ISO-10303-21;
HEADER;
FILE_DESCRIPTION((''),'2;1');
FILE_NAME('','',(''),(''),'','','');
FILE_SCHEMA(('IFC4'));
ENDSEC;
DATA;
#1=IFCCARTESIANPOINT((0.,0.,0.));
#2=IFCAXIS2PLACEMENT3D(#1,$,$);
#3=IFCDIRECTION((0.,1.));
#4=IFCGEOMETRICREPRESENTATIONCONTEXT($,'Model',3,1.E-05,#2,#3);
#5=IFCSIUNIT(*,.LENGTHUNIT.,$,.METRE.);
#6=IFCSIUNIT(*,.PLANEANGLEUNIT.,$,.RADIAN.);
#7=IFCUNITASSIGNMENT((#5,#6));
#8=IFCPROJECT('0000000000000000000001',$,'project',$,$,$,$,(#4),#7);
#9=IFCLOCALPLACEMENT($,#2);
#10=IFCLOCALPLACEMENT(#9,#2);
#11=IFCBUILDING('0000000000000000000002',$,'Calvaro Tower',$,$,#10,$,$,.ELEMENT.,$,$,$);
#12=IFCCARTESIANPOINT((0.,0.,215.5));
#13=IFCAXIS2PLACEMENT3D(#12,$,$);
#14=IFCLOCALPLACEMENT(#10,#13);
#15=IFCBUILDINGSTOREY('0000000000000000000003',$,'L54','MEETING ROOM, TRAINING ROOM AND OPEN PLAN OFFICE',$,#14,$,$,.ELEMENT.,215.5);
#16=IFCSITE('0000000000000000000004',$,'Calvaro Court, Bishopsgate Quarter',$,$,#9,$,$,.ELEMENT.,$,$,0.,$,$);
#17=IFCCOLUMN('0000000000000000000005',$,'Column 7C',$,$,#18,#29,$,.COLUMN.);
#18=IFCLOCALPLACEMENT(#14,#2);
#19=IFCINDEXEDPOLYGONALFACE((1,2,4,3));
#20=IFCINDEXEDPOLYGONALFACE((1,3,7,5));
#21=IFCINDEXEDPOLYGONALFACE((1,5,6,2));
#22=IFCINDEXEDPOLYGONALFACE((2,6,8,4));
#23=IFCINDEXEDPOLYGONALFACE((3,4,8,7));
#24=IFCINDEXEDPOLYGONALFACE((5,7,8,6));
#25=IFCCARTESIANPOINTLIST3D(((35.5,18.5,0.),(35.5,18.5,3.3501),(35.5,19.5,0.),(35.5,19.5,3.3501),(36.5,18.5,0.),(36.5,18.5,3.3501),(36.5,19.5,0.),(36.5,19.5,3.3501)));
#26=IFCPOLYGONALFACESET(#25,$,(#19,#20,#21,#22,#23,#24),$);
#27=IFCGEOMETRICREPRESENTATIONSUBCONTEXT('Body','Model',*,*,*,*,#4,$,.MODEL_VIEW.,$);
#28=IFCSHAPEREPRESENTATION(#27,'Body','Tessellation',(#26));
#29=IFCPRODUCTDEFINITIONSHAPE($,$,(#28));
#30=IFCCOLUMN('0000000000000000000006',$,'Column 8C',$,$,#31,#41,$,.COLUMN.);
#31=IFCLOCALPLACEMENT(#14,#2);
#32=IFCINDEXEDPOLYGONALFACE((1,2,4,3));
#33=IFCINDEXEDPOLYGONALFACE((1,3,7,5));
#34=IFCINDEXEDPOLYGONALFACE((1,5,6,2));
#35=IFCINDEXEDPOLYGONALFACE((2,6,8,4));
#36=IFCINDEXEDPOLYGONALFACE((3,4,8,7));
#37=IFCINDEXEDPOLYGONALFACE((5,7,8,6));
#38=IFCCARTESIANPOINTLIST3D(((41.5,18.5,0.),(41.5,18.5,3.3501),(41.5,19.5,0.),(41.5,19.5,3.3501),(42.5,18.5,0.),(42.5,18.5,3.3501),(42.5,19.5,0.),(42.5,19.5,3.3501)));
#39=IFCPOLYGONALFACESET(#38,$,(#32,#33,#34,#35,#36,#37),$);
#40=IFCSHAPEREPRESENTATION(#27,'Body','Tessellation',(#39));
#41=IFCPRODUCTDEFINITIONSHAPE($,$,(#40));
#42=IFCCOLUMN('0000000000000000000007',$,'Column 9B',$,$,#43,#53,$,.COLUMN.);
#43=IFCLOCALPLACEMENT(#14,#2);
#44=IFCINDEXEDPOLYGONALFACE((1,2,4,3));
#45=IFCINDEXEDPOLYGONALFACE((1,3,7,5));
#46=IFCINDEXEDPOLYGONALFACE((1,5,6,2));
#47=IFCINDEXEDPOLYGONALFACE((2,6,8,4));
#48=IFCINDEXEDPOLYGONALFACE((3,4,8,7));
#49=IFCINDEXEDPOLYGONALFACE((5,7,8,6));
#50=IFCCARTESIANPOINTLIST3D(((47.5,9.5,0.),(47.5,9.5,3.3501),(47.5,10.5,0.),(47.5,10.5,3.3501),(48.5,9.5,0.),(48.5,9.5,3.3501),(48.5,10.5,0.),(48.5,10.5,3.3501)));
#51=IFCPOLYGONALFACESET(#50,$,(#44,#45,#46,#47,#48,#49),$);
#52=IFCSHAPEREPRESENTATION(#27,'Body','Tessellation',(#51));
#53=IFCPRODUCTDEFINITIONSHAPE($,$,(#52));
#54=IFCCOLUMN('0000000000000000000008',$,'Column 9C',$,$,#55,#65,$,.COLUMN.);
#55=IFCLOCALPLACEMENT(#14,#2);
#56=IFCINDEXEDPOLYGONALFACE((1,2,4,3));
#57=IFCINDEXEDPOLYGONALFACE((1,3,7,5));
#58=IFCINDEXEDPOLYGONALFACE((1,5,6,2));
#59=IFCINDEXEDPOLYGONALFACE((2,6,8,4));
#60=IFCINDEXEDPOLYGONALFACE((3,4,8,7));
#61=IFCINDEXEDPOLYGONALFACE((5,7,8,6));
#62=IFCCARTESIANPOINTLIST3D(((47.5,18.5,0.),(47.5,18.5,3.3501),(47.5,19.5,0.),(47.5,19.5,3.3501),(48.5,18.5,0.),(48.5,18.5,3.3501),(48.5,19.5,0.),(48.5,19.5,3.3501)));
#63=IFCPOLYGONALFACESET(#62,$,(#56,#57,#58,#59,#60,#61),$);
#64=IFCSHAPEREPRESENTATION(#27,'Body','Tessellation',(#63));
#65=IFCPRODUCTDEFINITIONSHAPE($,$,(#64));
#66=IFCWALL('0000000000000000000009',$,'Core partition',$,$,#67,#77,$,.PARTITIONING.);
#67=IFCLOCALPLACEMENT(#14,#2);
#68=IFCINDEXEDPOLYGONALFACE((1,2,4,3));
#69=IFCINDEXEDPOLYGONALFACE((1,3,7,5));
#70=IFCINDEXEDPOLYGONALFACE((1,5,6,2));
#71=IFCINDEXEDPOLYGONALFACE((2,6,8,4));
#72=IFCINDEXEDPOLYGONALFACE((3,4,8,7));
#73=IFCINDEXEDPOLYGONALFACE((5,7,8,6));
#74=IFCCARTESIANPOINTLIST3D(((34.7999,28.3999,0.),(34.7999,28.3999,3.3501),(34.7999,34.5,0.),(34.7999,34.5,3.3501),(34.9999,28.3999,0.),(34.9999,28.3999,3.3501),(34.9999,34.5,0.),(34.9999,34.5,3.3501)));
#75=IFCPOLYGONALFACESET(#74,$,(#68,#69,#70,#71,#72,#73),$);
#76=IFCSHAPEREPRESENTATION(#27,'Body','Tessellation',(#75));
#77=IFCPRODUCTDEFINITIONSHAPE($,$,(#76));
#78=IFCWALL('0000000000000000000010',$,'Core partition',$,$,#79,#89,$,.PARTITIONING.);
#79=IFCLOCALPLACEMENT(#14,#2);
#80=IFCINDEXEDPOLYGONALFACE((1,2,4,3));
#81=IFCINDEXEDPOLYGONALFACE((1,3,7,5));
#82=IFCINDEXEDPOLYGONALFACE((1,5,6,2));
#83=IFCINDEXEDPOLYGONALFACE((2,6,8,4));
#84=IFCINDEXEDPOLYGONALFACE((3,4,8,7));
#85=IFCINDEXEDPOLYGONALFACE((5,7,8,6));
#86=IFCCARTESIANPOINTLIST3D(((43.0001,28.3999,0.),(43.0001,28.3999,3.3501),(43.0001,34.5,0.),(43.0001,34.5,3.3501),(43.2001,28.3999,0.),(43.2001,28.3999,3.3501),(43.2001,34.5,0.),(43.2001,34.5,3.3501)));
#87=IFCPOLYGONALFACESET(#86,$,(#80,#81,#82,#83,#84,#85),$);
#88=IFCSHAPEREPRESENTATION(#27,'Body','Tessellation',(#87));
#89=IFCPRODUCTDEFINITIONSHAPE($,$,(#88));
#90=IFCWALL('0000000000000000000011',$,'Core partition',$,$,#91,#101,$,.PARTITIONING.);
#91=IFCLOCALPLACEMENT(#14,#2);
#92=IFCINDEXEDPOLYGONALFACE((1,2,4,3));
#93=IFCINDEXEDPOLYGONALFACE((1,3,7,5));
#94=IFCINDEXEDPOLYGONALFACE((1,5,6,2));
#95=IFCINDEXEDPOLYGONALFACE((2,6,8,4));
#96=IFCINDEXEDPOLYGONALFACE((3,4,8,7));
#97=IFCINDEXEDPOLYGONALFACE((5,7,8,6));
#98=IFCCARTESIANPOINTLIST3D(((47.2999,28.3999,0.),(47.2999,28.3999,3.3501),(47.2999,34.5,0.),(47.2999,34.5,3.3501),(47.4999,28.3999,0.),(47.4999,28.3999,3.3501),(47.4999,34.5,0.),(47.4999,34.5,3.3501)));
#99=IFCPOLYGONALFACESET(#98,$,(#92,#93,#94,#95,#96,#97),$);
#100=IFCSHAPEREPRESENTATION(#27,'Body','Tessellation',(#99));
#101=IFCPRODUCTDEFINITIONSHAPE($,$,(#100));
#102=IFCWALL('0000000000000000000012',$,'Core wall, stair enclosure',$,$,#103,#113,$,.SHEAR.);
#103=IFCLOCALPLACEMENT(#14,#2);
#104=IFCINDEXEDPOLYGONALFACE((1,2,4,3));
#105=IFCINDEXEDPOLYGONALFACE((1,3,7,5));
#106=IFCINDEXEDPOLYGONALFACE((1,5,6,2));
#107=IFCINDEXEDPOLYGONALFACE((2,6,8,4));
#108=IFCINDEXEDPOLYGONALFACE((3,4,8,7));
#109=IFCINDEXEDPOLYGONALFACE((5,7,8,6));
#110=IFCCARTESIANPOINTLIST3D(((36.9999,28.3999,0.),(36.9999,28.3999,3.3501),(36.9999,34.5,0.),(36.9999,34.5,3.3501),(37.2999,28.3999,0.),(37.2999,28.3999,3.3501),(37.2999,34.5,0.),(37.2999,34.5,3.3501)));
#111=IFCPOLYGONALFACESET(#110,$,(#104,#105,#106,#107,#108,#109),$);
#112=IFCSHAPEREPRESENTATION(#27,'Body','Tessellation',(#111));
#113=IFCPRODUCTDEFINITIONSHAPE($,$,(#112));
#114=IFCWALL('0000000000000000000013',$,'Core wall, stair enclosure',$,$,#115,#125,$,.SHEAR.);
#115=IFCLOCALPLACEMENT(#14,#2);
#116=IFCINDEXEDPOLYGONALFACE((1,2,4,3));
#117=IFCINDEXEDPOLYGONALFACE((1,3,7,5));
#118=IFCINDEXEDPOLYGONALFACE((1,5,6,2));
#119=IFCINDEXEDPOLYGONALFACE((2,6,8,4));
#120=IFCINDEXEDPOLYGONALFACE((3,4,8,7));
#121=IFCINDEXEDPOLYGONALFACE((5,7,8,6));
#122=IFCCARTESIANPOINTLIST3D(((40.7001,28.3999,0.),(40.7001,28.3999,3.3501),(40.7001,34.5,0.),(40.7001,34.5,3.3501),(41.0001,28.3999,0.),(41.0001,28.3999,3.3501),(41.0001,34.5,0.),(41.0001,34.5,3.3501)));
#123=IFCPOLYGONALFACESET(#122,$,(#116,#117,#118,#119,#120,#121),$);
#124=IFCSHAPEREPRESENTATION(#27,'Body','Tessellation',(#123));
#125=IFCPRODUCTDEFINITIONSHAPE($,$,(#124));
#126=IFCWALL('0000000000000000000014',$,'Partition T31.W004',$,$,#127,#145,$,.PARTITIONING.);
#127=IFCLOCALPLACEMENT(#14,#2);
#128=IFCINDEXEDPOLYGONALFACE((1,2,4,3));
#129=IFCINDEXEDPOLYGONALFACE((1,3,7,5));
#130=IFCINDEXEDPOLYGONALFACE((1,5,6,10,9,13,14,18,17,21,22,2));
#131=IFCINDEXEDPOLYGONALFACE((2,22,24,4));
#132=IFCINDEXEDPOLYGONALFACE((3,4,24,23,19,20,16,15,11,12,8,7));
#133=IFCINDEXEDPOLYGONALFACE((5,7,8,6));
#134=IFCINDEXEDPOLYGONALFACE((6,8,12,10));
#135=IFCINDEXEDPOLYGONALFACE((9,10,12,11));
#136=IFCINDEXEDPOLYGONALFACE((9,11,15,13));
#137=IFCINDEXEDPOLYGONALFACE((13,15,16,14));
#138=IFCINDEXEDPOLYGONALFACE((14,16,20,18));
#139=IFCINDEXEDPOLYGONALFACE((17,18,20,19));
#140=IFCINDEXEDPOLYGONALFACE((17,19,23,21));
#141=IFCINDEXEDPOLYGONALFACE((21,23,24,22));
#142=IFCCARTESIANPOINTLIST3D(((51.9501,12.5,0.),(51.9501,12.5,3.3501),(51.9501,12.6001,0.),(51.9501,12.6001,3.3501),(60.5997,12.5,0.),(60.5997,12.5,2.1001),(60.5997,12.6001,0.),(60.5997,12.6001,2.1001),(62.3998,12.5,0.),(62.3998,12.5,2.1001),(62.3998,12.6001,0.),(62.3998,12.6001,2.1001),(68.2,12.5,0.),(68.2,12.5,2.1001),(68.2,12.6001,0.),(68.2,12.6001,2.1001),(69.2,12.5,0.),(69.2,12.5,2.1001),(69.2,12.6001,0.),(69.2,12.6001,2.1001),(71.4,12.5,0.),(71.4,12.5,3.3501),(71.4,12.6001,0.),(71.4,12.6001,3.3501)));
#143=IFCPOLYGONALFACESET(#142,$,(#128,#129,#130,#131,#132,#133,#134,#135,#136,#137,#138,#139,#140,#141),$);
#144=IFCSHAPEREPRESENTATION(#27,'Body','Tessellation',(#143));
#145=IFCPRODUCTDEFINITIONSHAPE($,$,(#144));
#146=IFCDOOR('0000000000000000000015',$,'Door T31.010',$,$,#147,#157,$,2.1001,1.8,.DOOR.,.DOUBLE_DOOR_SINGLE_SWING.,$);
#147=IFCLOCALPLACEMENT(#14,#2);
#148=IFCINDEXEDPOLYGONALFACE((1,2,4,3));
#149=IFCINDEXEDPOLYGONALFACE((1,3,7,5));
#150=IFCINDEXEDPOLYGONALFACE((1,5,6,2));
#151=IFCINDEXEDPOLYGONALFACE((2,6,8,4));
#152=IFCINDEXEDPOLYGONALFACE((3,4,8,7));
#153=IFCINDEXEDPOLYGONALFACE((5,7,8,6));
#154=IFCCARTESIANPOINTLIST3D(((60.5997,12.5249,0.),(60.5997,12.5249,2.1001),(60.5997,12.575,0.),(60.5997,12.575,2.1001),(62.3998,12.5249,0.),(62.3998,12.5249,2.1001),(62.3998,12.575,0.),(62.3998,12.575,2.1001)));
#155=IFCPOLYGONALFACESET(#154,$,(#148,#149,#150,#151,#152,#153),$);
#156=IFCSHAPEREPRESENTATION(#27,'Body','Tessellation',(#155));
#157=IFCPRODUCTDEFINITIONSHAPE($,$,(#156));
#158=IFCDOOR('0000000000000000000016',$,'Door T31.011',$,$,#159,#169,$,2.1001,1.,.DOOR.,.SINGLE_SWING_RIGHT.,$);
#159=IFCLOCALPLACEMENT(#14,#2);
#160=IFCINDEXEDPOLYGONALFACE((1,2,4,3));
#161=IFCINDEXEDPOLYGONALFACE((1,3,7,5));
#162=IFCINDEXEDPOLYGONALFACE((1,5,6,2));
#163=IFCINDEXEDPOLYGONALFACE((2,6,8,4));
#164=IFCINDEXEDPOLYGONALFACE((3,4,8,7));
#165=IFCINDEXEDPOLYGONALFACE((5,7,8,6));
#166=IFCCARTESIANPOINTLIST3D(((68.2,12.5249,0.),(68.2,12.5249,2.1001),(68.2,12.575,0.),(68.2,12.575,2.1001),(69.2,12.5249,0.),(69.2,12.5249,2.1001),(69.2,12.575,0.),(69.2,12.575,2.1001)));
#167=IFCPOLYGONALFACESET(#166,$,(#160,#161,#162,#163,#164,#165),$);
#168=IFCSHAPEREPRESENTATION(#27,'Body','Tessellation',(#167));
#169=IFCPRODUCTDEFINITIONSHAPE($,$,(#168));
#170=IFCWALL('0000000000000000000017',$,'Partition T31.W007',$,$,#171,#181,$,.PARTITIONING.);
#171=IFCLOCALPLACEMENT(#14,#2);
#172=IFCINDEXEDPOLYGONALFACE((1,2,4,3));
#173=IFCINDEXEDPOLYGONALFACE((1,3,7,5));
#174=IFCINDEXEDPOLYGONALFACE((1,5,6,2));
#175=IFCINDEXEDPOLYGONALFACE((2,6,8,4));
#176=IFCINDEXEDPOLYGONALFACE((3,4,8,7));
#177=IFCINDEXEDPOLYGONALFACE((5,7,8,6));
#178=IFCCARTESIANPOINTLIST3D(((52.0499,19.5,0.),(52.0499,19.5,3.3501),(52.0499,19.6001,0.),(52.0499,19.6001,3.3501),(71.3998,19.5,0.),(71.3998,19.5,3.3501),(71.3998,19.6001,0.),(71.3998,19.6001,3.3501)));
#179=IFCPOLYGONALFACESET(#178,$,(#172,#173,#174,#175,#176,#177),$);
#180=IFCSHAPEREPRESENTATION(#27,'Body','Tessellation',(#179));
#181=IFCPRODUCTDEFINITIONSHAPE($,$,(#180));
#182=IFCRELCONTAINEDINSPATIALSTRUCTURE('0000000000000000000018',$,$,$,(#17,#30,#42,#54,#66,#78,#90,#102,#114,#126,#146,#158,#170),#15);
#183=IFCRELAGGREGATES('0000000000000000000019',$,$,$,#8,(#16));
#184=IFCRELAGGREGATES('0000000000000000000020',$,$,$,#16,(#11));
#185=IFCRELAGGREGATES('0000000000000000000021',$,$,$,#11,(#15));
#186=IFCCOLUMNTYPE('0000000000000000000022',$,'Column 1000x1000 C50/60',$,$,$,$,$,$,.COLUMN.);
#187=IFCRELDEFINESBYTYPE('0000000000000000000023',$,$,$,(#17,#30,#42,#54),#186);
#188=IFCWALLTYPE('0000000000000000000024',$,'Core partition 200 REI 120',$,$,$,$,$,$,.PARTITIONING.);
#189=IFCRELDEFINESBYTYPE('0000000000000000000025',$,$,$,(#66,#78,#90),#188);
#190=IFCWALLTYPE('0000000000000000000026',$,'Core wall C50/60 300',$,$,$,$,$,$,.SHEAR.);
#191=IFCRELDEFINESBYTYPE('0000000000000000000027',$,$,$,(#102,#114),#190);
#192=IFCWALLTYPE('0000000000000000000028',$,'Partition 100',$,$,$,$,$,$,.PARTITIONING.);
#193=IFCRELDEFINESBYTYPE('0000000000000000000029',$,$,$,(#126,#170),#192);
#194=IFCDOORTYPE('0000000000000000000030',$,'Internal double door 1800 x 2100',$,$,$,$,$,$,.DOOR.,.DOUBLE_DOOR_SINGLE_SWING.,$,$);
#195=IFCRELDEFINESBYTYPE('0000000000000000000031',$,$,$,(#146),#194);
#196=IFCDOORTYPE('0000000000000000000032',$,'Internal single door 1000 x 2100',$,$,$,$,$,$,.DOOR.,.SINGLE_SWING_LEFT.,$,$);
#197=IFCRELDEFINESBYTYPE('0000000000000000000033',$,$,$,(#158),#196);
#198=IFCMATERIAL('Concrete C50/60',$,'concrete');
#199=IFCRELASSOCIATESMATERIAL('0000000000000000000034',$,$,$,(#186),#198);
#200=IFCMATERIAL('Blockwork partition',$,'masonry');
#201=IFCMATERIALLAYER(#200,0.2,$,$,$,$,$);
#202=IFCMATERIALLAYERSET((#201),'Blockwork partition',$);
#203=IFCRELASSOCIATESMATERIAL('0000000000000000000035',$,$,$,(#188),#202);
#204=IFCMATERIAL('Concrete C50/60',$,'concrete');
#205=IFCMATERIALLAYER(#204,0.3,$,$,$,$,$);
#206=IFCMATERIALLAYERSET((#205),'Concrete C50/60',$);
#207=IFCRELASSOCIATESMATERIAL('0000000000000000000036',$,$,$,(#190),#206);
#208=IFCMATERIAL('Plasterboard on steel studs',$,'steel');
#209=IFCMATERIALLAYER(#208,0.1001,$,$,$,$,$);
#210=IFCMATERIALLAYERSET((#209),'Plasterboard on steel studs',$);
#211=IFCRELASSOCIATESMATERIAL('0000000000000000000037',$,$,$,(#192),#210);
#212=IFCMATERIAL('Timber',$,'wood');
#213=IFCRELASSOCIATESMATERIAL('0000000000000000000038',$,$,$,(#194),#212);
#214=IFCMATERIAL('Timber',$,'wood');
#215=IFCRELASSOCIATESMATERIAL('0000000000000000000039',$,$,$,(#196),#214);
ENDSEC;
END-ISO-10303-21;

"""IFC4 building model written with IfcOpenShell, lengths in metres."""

from ifc_helpers import new_model, si_unit, direction, frame, frame_2d, origin, origin_2d, place, context, subcontext, project, spatial, rectangle, extrude, material, layer, layer_set, material_profile, profile_set, type_object, element, fill, save


model = new_model("IFC4")

# Units and contexts
model_context = context("Model", 3, precision=1e-05, world=origin(), true_north=direction((0.0, 1.0)))
body_context = subcontext(model_context, "Body", "Model", "MODEL_VIEW")
ifc_project = project(units=[si_unit("LENGTHUNIT", "METRE"), si_unit("PLANEANGLEUNIT", "RADIAN")], contexts=[model_context])

# Site, building, storey
site_placement = place(None, origin())
site = spatial("IfcSite", under=ifc_project, at=site_placement, Name="Calvaro Court, Bishopsgate Quarter", CompositionType="ELEMENT", RefElevation=0.0)
building_placement = place(site_placement, origin())
building = spatial("IfcBuilding", under=site, at=building_placement, Name="Calvaro Tower", CompositionType="ELEMENT")
storey_placement = place(building_placement, frame((0.0, 0.0, 215.5)))
storey = spatial("IfcBuildingStorey", under=building, at=storey_placement, Name="L54", Description="MEETING ROOM, TRAINING ROOM AND OPEN PLAN OFFICE", CompositionType="ELEMENT", Elevation=215.5)

# Columns
ifc_material_1 = material(Name="Concrete C50/60", Category="concrete")
ifc_material_profile = material_profile(ifc_material_1, rectangle(XDim=1.0, YDim=1.0, at=origin_2d()), Name="RC 1000x1000")
ifc_profile_set = profile_set([ifc_material_profile], Name="Concrete C50/60")
column_type = type_object("IfcColumnType", Name="Column 1000x1000 C50/60", PredefinedType="COLUMN", material=ifc_profile_set)
for number, where, z_axis, x_axis, name in (
    (1, (36.0, 19.0, 0.0), (0.0, 0.0, 1.0), (1.0, 0.0, 0.0), "Column 7C"),
    (2, (42.0, 19.0, 0.0), (0.0, 0.0, 1.0), (1.0, 0.0, 0.0), "Column 8C"),
    (3, (48.0, 10.0, 0.0), (0.0, 0.0, 1.0), (1.0, 0.0, 0.0), "Column 9B"),
    (4, (48.0, 19.0, 0.0), (0.0, 0.0, 1.0), (1.0, 0.0, 0.0), "Column 9C"),
):
    element("IfcColumn", number, at=place(storey_placement, frame(where, z_axis=z_axis, x_axis=x_axis)), inside=storey, type_object=column_type, Name=name, PredefinedType="COLUMN", context=body_context, shape_type="SweptSolid", body=[
        extrude(rectangle(XDim=1.0, YDim=1.0, at=origin_2d()), origin(), (0.0, 0.0, 1.0), 3.3501),
    ])

# Walls
ifc_material_2 = material(Name="Blockwork partition", Category="masonry")
ifc_layer_1 = layer(ifc_material_2, 0.2)
ifc_layer_set_1 = layer_set([ifc_layer_1], Name="Blockwork partition")
wall_type_1 = type_object("IfcWallType", Name="Core partition 200 REI 120", PredefinedType="PARTITIONING", material=ifc_layer_set_1)
for number, where, z_axis, x_axis, name in (
    (5, (34.8999, 28.3999, 0.0), (0.0, 0.0, 1.0), (0.0, 1.0, 0.0), "Core partition"),
    (6, (43.1001, 28.3999, 0.0), (0.0, 0.0, 1.0), (0.0, 1.0, 0.0), "Core partition"),
    (7, (47.3999, 28.3999, 0.0), (0.0, 0.0, 1.0), (0.0, 1.0, 0.0), "Core partition"),
):
    element("IfcWall", number, at=place(storey_placement, frame(where, z_axis=z_axis, x_axis=x_axis)), inside=storey, type_object=wall_type_1, Name=name, PredefinedType="PARTITIONING", context=body_context, shape_type="SweptSolid", body=[
        extrude(rectangle(XDim=6.1001, YDim=0.2, at=frame_2d((3.05, 0.0))), origin(), (0.0, 0.0, 1.0), 3.3501),
    ])
ifc_material_3 = material(Name="Concrete C50/60", Category="concrete")
ifc_layer_2 = layer(ifc_material_3, 0.3)
ifc_layer_set_2 = layer_set([ifc_layer_2], Name="Concrete C50/60")
wall_type_2 = type_object("IfcWallType", Name="Core wall C50/60 300", PredefinedType="SHEAR", material=ifc_layer_set_2)
for number, where, z_axis, x_axis, name in (
    (8, (37.1499, 28.3999, 0.0), (0.0, 0.0, 1.0), (0.0, 1.0, 0.0), "Core wall, stair enclosure"),
    (9, (40.8501, 28.3999, 0.0), (0.0, 0.0, 1.0), (0.0, 1.0, 0.0), "Core wall, stair enclosure"),
):
    element("IfcWall", number, at=place(storey_placement, frame(where, z_axis=z_axis, x_axis=x_axis)), inside=storey, type_object=wall_type_2, Name=name, PredefinedType="SHEAR", context=body_context, shape_type="SweptSolid", body=[
        extrude(rectangle(XDim=6.1001, YDim=0.3, at=frame_2d((3.05, 0.0))), origin(), (0.0, 0.0, 1.0), 3.3501),
    ])

# Wall, openings, doors
ifc_material_4 = material(Name="Plasterboard on steel studs", Category="steel")
ifc_layer_3 = layer(ifc_material_4, 0.1001)
ifc_layer_set_3 = layer_set([ifc_layer_3], Name="Plasterboard on steel studs")
wall_type_3 = type_object("IfcWallType", Name="Partition 100", PredefinedType="PARTITIONING", material=ifc_layer_set_3)
wall_1_placement = place(storey_placement, frame((51.95, 12.55, 0.0), z_axis=(0.0, 0.0, 1.0), x_axis=(1.0, 0.0, 0.0)))
wall_1 = element("IfcWall", 10, at=wall_1_placement, inside=storey, type_object=wall_type_3, Name="Partition T31.W004", PredefinedType="PARTITIONING", context=body_context, shape_type="SweptSolid", body=[
    extrude(rectangle(XDim=19.45, YDim=0.1001, at=frame_2d((9.7251, 0.0))), origin(), (0.0, 0.0, 1.0), 3.3501),
])
opening_1_placement = place(wall_1_placement, frame((8.6499, 0.0, 0.0)))
opening_1 = element("IfcOpeningElement", 11, at=opening_1_placement, cuts=wall_1, PredefinedType="OPENING", context=body_context, shape_type="SweptSolid", body=[
    extrude(rectangle(XDim=1.8, YDim=2.1001, at=frame_2d((0.8999, 1.05))), frame((0.0, 0.0601, 0.0), z_axis=(0.0, -1.0, 0.0), x_axis=(1.0, 0.0, 0.0)), (0.0, 0.0, 1.0), 0.1201),
])
opening_2_placement = place(wall_1_placement, frame((16.25, 0.0, 0.0)))
opening_2 = element("IfcOpeningElement", 12, at=opening_2_placement, cuts=wall_1, PredefinedType="OPENING", context=body_context, shape_type="SweptSolid", body=[
    extrude(rectangle(XDim=1.0, YDim=2.1001, at=frame_2d((0.5, 1.05))), frame((0.0, 0.0601, 0.0), z_axis=(0.0, -1.0, 0.0), x_axis=(1.0, 0.0, 0.0)), (0.0, 0.0, 1.0), 0.1201),
])
ifc_material_5 = material(Name="Timber", Category="wood")
door_type_1 = type_object("IfcDoorType", Name="Internal double door 1800 x 2100", OperationType="DOUBLE_DOOR_SINGLE_SWING", PredefinedType="DOOR", material=ifc_material_5)
door_1_placement = place(opening_1_placement, origin())
door_1 = element("IfcDoor", 13, at=door_1_placement, inside=storey, type_object=door_type_1, Name="Door T31.010", OperationType="DOUBLE_DOOR_SINGLE_SWING", OverallHeight=2.1001, OverallWidth=1.8, PredefinedType="DOOR", context=body_context, shape_type="SweptSolid", body=[
    extrude(rectangle(XDim=1.8, YDim=2.1001, at=frame_2d((0.8999, 1.05))), frame((0.0, 0.0249, 0.0), z_axis=(0.0, -1.0, 0.0), x_axis=(1.0, 0.0, 0.0)), (0.0, 0.0, 1.0), 0.05),
])
fill(opening_1, door_1)
ifc_material_6 = material(Name="Timber", Category="wood")
door_type_2 = type_object("IfcDoorType", Name="Internal single door 1000 x 2100", OperationType="SINGLE_SWING_LEFT", PredefinedType="DOOR", material=ifc_material_6)
door_2_placement = place(opening_2_placement, origin())
door_2 = element("IfcDoor", 14, at=door_2_placement, inside=storey, type_object=door_type_2, Name="Door T31.011", OperationType="SINGLE_SWING_RIGHT", OverallHeight=2.1001, OverallWidth=1.0, PredefinedType="DOOR", context=body_context, shape_type="SweptSolid", body=[
    extrude(rectangle(XDim=1.0, YDim=2.1001, at=frame_2d((0.5, 1.05))), frame((0.0, 0.0249, 0.0), z_axis=(0.0, -1.0, 0.0), x_axis=(1.0, 0.0, 0.0)), (0.0, 0.0, 1.0), 0.05),
])
fill(opening_2, door_2)

# Wall
wall_2_placement = place(storey_placement, frame((52.05, 19.55, 0.0), z_axis=(0.0, 0.0, 1.0), x_axis=(1.0, 0.0, 0.0)))
element("IfcWall", 15, at=wall_2_placement, inside=storey, type_object=wall_type_3, Name="Partition T31.W007", PredefinedType="PARTITIONING", context=body_context, shape_type="SweptSolid", body=[
    extrude(rectangle(XDim=19.3499, YDim=0.1001, at=frame_2d((9.6748, 0.0))), origin(), (0.0, 0.0, 1.0), 3.3501),
])

save(model, "model.ifc")
